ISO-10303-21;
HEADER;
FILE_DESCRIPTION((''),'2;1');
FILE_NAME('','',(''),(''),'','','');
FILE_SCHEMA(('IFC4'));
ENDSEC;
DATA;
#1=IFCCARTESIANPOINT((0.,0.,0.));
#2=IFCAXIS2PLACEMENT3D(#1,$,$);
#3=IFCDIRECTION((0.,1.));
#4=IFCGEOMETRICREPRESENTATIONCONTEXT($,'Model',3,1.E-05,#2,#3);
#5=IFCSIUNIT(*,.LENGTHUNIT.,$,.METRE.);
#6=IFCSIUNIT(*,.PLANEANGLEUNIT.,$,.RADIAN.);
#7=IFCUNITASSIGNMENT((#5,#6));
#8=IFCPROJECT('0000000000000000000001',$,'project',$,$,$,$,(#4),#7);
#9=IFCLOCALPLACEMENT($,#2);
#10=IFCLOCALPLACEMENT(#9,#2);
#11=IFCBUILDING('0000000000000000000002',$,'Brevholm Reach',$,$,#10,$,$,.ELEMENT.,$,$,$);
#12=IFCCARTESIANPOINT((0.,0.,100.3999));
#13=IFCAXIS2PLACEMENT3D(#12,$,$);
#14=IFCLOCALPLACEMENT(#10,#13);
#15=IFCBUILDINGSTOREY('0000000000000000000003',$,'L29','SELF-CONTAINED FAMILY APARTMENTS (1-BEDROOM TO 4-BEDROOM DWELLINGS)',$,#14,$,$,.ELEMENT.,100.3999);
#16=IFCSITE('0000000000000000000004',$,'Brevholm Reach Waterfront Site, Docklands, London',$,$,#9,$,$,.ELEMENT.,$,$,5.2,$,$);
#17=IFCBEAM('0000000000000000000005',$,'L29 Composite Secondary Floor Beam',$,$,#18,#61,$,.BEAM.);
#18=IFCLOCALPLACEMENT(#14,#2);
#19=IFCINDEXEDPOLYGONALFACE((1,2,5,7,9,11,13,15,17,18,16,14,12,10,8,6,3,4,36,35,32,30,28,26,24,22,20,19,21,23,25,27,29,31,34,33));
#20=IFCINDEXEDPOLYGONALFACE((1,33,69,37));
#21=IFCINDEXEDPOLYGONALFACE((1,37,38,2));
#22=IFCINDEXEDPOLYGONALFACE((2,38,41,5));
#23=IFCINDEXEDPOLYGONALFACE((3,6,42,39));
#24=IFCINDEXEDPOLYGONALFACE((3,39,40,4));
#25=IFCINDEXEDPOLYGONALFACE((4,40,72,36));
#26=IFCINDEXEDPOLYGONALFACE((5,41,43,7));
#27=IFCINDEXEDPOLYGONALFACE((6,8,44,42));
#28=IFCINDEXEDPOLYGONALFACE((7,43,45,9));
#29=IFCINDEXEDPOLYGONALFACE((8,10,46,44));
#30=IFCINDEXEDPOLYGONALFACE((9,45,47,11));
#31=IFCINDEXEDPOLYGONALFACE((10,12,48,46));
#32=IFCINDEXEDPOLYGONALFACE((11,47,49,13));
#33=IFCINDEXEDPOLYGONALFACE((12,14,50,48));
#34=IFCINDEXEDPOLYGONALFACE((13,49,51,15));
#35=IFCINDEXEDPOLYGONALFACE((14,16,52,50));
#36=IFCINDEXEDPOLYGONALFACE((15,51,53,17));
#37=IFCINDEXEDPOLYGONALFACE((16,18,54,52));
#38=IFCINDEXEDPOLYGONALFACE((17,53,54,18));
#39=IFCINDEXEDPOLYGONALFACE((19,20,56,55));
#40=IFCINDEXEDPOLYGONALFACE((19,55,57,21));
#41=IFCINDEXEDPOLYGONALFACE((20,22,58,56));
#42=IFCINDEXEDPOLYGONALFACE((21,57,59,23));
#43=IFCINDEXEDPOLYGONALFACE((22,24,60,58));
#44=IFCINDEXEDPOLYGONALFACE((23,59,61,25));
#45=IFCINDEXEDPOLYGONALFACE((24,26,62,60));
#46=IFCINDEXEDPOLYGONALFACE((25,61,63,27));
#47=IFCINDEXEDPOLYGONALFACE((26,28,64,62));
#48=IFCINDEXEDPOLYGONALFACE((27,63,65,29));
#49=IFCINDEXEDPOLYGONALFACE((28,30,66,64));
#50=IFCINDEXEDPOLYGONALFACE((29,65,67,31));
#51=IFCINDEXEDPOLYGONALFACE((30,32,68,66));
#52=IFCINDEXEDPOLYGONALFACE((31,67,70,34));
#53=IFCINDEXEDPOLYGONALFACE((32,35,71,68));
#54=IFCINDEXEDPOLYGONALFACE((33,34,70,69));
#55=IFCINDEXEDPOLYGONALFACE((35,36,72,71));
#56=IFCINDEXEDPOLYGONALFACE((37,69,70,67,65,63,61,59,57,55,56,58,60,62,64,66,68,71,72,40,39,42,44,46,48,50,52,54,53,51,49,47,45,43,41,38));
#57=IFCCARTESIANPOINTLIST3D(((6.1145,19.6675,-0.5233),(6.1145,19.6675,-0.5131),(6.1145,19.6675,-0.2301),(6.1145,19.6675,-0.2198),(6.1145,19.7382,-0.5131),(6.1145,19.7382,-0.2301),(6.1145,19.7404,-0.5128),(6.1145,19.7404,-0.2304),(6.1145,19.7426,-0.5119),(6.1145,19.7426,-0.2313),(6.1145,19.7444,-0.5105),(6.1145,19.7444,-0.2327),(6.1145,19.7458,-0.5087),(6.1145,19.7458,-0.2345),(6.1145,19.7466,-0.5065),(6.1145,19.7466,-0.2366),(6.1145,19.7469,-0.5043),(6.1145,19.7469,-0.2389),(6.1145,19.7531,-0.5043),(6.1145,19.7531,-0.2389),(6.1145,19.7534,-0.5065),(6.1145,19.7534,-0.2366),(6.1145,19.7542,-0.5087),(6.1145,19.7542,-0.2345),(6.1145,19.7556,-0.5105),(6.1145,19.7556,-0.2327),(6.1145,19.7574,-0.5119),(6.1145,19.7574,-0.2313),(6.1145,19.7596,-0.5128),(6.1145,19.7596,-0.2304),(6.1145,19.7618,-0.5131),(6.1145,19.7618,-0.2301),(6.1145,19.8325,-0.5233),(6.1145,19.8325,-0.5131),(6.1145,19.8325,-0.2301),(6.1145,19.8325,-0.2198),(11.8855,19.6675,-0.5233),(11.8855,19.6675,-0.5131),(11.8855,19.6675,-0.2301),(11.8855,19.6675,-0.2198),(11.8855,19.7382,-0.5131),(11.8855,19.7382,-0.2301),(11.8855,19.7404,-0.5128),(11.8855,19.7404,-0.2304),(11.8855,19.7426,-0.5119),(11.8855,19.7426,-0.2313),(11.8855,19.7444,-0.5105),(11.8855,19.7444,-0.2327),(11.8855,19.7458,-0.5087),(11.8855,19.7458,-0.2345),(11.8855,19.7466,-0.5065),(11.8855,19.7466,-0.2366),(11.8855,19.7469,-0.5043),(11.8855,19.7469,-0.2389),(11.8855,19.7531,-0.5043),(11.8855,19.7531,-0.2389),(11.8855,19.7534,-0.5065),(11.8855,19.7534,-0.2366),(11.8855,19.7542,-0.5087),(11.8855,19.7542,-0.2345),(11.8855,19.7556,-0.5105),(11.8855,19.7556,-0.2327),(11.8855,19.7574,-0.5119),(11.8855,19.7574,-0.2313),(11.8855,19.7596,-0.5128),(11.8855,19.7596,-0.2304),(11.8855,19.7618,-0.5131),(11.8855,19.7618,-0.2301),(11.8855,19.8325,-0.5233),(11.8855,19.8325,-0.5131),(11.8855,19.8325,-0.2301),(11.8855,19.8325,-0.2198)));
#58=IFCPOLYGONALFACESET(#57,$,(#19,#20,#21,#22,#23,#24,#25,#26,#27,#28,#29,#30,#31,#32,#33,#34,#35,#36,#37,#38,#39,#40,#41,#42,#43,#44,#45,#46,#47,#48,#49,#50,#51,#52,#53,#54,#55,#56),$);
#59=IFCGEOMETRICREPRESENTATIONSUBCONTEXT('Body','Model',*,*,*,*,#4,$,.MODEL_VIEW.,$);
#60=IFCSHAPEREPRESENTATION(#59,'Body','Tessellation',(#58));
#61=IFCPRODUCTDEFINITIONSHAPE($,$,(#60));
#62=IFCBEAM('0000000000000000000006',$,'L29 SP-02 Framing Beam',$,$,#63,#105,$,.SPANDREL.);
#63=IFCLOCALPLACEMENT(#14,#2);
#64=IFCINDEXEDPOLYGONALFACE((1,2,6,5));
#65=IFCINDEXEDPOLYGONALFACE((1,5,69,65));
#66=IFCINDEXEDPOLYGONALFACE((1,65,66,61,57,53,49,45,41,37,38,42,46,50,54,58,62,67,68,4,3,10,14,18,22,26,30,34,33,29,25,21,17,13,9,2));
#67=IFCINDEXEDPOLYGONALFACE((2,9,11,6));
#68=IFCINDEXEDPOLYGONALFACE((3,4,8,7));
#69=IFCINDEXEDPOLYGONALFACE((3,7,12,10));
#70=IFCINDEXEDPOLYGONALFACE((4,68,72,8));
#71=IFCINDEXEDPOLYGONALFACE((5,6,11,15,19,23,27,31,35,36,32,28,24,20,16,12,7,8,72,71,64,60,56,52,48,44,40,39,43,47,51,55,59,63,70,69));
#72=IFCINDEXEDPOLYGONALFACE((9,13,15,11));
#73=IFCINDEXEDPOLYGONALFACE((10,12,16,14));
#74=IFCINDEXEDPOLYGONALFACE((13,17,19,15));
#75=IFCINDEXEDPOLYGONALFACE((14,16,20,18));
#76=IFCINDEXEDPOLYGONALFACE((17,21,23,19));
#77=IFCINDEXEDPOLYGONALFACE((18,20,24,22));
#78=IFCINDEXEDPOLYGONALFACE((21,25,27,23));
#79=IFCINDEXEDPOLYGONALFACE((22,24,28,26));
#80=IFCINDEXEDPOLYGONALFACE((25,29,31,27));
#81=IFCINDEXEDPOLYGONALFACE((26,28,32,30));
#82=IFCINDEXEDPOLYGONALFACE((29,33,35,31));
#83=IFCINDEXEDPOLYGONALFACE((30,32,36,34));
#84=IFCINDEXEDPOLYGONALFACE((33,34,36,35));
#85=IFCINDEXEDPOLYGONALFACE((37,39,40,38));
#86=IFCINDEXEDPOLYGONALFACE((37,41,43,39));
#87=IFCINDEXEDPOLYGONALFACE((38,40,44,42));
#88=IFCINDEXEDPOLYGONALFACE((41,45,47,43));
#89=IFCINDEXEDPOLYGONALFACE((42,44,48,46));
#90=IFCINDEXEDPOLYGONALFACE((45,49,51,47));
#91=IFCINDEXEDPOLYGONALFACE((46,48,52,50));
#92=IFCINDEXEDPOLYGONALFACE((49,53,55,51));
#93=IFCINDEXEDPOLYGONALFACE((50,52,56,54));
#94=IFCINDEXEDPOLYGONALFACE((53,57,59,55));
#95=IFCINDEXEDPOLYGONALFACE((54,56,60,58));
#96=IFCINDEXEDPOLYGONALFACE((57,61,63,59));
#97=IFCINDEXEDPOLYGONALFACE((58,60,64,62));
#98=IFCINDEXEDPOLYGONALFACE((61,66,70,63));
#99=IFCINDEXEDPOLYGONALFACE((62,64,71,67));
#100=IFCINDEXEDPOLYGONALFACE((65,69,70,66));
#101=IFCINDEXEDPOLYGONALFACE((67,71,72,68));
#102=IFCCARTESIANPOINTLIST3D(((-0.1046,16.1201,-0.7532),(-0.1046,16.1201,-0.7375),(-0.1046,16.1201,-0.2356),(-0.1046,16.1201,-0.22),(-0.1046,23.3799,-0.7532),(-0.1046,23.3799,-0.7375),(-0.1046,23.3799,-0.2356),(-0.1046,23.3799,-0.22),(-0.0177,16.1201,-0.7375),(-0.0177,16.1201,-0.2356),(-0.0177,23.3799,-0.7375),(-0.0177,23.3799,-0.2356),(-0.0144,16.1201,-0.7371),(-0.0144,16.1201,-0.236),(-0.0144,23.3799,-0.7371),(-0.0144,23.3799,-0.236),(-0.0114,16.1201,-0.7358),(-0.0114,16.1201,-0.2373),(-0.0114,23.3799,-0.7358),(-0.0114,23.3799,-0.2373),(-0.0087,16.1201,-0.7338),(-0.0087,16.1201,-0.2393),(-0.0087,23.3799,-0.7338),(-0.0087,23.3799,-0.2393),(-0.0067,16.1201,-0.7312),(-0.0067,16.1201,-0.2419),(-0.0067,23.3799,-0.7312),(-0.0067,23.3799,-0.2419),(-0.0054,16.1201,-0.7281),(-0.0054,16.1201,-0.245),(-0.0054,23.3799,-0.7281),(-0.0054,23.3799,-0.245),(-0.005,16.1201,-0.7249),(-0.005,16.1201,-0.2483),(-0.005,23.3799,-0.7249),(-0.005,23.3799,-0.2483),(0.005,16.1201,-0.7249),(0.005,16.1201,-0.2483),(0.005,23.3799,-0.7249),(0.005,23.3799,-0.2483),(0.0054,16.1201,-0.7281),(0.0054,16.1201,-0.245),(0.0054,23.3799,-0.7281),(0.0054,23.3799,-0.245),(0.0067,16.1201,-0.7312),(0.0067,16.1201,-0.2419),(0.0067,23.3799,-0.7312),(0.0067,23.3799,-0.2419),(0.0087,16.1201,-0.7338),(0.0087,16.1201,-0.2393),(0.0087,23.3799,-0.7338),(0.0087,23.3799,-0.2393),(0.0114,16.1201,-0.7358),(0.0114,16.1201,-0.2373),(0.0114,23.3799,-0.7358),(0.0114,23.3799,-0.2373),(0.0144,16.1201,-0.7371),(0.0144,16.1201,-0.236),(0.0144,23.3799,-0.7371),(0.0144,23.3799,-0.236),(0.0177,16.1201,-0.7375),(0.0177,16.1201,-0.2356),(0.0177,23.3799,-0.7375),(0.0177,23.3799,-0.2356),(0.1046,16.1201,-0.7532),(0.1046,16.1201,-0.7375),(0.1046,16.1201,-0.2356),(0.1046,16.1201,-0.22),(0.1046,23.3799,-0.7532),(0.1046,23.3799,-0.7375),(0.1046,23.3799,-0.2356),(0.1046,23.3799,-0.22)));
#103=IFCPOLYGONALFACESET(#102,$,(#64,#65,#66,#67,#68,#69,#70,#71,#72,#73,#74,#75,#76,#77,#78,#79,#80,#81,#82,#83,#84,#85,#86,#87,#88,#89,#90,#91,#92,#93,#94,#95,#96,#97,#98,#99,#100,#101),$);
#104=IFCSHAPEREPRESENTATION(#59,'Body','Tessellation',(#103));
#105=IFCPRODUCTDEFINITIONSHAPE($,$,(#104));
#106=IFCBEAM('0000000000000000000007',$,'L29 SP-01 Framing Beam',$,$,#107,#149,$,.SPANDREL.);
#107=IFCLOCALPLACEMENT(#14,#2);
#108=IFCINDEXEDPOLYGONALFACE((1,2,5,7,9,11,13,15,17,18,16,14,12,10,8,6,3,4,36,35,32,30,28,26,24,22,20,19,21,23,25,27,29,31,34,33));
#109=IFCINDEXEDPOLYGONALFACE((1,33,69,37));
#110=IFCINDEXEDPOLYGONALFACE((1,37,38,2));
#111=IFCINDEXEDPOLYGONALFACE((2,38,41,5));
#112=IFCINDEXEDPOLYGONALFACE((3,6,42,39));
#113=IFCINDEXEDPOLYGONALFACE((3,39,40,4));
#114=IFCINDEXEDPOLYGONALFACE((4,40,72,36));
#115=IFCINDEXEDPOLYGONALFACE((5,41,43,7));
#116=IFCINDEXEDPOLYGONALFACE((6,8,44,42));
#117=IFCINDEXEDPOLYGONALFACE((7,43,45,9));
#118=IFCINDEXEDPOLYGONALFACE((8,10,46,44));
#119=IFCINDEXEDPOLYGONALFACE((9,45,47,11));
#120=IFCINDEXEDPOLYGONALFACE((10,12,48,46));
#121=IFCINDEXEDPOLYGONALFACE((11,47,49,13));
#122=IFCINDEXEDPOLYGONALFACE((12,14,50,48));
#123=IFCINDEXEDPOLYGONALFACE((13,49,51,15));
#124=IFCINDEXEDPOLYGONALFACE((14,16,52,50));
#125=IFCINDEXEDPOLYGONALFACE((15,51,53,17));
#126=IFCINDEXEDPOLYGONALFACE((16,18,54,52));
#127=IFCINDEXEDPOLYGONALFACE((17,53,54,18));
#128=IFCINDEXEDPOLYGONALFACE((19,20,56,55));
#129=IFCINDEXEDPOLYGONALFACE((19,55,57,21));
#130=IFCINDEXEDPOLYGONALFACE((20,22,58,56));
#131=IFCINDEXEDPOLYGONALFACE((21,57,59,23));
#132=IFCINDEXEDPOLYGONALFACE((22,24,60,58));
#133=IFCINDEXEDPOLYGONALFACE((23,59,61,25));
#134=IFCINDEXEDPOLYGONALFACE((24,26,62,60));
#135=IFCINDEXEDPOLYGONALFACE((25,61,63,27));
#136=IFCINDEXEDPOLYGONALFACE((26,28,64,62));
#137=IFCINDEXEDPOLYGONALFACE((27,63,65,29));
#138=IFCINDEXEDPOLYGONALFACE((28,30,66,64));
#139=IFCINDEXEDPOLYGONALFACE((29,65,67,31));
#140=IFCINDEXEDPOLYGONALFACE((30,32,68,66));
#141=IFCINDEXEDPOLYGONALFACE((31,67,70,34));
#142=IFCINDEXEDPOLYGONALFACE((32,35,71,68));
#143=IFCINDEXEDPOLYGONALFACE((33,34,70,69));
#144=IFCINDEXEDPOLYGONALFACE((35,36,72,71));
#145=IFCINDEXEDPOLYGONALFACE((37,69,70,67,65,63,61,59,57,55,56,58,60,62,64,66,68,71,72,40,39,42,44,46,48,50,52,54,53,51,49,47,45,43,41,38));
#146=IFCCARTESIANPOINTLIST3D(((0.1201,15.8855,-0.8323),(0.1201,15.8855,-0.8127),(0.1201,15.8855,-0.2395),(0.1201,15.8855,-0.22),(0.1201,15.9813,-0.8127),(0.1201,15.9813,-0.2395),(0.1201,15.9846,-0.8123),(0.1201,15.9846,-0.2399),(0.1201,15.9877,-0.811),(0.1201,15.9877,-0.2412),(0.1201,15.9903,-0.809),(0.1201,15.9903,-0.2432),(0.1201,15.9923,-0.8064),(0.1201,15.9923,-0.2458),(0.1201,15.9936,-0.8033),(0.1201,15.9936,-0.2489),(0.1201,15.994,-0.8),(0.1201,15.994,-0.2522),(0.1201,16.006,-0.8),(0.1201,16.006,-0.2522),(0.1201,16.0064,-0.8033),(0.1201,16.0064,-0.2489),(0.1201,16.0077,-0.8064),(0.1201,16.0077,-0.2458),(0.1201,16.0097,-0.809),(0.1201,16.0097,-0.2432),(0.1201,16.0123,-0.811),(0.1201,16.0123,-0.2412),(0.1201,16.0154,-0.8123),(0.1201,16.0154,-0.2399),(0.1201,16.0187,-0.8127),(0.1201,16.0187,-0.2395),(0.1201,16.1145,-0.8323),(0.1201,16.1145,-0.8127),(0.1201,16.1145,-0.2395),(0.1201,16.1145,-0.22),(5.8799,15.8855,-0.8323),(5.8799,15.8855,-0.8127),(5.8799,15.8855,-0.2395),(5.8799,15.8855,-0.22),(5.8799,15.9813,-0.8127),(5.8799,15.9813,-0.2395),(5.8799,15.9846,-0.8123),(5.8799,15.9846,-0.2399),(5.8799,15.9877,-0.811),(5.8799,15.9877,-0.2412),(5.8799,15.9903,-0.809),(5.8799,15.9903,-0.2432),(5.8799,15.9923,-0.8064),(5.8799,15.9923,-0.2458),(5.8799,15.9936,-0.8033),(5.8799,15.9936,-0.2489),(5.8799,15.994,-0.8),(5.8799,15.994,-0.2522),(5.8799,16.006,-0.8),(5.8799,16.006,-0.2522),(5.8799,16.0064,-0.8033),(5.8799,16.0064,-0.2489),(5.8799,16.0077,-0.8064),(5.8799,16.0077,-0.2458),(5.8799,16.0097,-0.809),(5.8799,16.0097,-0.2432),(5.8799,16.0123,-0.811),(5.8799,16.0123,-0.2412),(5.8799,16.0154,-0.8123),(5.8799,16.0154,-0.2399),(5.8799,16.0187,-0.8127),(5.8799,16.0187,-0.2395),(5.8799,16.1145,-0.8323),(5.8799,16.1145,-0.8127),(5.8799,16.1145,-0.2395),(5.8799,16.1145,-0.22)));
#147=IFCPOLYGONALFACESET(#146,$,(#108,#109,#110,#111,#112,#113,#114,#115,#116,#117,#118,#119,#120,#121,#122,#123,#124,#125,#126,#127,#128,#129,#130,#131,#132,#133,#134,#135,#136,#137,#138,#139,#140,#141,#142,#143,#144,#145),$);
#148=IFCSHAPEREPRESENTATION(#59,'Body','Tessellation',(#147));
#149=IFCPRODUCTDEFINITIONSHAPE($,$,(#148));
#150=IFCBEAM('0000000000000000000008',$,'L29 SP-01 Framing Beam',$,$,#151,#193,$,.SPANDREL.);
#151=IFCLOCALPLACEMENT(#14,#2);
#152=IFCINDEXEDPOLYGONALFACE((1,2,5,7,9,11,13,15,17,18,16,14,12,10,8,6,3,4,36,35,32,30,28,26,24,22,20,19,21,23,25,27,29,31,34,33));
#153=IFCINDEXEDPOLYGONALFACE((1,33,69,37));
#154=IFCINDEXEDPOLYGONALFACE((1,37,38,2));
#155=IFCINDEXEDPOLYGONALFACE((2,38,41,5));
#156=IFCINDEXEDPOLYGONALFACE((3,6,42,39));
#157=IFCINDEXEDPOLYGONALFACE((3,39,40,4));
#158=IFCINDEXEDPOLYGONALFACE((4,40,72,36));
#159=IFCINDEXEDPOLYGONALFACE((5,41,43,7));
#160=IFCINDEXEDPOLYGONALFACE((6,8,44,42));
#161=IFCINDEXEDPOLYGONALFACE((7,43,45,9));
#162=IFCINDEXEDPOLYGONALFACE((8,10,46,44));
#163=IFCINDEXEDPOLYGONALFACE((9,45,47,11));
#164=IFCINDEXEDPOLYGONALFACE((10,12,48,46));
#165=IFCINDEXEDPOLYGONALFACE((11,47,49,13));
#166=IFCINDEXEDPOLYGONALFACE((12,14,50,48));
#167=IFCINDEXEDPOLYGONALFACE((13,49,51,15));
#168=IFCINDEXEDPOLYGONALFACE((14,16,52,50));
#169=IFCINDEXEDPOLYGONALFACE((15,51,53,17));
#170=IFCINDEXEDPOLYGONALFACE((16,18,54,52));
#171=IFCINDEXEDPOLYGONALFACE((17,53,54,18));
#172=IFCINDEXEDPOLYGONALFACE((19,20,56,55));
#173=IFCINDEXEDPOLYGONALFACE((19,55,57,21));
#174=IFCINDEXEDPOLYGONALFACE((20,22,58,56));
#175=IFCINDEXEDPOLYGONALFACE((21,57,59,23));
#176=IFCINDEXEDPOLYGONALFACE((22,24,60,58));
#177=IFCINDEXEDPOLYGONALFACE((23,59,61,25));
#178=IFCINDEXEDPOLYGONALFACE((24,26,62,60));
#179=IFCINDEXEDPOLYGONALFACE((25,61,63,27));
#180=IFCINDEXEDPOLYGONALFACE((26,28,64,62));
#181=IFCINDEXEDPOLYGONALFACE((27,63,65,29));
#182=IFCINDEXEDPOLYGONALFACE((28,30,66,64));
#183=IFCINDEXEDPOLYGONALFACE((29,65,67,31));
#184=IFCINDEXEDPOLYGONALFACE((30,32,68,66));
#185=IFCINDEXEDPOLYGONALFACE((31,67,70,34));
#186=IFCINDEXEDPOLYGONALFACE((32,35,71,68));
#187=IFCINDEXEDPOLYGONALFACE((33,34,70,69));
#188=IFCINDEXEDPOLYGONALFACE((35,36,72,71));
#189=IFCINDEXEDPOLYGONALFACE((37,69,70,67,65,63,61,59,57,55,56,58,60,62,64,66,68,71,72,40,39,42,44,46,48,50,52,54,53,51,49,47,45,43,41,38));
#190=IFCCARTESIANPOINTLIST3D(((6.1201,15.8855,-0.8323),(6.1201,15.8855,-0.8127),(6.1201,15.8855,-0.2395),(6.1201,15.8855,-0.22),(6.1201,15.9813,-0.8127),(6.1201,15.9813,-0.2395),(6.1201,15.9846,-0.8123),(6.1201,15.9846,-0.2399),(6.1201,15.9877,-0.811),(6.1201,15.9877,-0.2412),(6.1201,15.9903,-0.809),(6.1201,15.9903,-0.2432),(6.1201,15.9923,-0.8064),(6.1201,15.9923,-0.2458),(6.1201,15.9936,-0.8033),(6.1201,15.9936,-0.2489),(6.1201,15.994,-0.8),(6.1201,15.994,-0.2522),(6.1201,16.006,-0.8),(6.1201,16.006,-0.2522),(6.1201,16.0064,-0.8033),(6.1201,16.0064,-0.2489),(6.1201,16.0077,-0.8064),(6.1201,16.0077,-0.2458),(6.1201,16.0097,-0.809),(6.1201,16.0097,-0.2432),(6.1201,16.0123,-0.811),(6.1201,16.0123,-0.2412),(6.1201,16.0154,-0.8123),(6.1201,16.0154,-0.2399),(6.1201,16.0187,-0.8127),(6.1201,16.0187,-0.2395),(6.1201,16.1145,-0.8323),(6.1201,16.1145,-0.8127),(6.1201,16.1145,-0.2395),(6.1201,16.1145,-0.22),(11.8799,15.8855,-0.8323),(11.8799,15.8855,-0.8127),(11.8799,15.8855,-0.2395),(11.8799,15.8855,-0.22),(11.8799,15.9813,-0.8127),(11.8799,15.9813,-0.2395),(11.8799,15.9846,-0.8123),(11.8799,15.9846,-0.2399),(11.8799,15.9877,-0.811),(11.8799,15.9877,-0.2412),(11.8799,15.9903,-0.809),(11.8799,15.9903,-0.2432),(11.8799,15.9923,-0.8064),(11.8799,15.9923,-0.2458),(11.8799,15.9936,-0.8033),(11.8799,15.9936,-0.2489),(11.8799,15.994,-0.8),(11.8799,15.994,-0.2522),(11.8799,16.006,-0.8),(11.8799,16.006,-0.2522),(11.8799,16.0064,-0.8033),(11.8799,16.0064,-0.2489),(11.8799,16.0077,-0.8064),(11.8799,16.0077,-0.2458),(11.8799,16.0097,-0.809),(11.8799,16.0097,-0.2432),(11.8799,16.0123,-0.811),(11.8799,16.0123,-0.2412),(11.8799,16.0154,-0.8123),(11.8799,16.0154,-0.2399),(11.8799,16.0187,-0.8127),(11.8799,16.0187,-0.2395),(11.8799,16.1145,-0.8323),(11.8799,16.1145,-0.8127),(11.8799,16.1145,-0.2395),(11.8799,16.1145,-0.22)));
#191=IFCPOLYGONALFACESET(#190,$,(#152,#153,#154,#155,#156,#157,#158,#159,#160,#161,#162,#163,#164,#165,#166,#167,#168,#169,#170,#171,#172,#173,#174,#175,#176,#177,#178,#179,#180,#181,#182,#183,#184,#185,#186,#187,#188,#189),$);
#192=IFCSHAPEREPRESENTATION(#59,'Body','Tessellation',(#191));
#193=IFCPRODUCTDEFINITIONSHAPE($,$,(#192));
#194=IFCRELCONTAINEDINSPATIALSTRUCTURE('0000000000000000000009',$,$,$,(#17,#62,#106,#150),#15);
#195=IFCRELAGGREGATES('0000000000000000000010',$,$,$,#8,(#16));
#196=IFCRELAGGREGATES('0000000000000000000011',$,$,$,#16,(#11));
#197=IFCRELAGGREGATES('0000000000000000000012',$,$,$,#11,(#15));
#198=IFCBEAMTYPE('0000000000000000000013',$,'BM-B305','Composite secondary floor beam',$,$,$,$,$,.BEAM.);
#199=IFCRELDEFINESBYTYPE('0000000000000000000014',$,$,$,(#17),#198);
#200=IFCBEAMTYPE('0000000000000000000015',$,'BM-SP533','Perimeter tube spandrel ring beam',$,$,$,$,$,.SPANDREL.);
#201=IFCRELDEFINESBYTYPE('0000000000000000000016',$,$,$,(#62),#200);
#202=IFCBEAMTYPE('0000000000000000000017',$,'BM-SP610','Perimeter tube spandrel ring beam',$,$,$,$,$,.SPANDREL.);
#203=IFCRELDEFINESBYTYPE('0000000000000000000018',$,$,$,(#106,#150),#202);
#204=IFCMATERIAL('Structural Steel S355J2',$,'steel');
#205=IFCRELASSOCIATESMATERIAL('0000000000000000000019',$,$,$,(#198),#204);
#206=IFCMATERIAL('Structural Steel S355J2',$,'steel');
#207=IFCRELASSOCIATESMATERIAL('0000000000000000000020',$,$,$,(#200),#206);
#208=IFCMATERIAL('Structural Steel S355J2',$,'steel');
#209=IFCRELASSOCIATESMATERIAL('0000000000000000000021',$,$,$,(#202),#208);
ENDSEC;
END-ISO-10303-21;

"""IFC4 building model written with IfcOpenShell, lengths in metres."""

from ifc_helpers import new_model, si_unit, direction, frame, origin, origin_2d, place, context, subcontext, project, spatial, i_section, extrude, material, material_profile, profile_set, type_object, element, save


model = new_model("IFC4")

# Units and contexts
model_context = context("Model", 3, precision=1e-05, world=origin(), true_north=direction((0.0, 1.0)))
body_context = subcontext(model_context, "Body", "Model", "MODEL_VIEW")
ifc_project = project(units=[si_unit("LENGTHUNIT", "METRE"), si_unit("PLANEANGLEUNIT", "RADIAN")], contexts=[model_context])

# Site, building, storey
site_placement = place(None, origin())
site = spatial("IfcSite", under=ifc_project, at=site_placement, Name="Brevholm Reach Waterfront Site, Docklands, London", CompositionType="ELEMENT", RefElevation=5.2)
building_placement = place(site_placement, origin())
building = spatial("IfcBuilding", under=site, at=building_placement, Name="Brevholm Reach", CompositionType="ELEMENT")
storey_placement = place(building_placement, frame((0.0, 0.0, 100.3999)))
storey = spatial("IfcBuildingStorey", under=building, at=storey_placement, Name="L29", Description="SELF-CONTAINED FAMILY APARTMENTS (1-BEDROOM TO 4-BEDROOM DWELLINGS)", CompositionType="ELEMENT", Elevation=100.3999)

# Beams
ifc_material_1 = material(Name="Structural Steel S355J2", Category="steel")
ifc_material_profile_1 = material_profile(ifc_material_1, i_section(OverallWidth=0.165, OverallDepth=0.3035, WebThickness=0.0061, FlangeThickness=0.0103, FilletRadius=0.0088, at=origin_2d()), Name="UKB 305x165x40")
ifc_profile_set_1 = profile_set([ifc_material_profile_1], Name="Structural Steel S355J2")
beam_type_1 = type_object("IfcBeamType", Name="BM-B305", Description="Composite secondary floor beam", PredefinedType="BEAM", material=ifc_profile_set_1)
beam_1_placement = place(storey_placement, frame((6.1145, 19.75, -0.3716), z_axis=(1.0, 0.0, 0.0), x_axis=(0.0, 1.0, 0.0)))
element("IfcBeam", 1, at=beam_1_placement, inside=storey, type_object=beam_type_1, Name="L29 Composite Secondary Floor Beam", PredefinedType="BEAM", context=body_context, shape_type="SweptSolid", body=[
    extrude(i_section(OverallWidth=0.165, OverallDepth=0.3035, WebThickness=0.0061, FlangeThickness=0.0103, FilletRadius=0.0088, at=origin_2d()), origin(), (0.0, 0.0, 1.0), 5.771),
])
ifc_material_2 = material(Name="Structural Steel S355J2", Category="steel")
ifc_material_profile_2 = material_profile(ifc_material_2, i_section(OverallWidth=0.2092, OverallDepth=0.5332, WebThickness=0.01, FlangeThickness=0.0156, FilletRadius=0.0127, at=origin_2d()), Name="UKB 533x210x92")
ifc_profile_set_2 = profile_set([ifc_material_profile_2], Name="Structural Steel S355J2")
beam_type_2 = type_object("IfcBeamType", Name="BM-SP533", Description="Perimeter tube spandrel ring beam", PredefinedType="SPANDREL", material=ifc_profile_set_2)
beam_2_placement = place(storey_placement, frame((0.0, 16.1201, -0.4866), z_axis=(0.0, 1.0, 0.0), x_axis=(-1.0, 0.0, 0.0)))
element("IfcBeam", 2, at=beam_2_placement, inside=storey, type_object=beam_type_2, Name="L29 SP-02 Framing Beam", PredefinedType="SPANDREL", context=body_context, shape_type="SweptSolid", body=[
    extrude(i_section(OverallWidth=0.2092, OverallDepth=0.5332, WebThickness=0.01, FlangeThickness=0.0156, FilletRadius=0.0127, at=origin_2d()), origin(), (0.0, 0.0, 1.0), 7.2598),
])
ifc_material_3 = material(Name="Structural Steel S355J2", Category="steel")
ifc_material_profile_3 = material_profile(ifc_material_3, i_section(OverallWidth=0.229, OverallDepth=0.6123, WebThickness=0.012, FlangeThickness=0.0195, FilletRadius=0.0127, at=origin_2d()), Name="UKB 610x229x125")
ifc_profile_set_3 = profile_set([ifc_material_profile_3], Name="Structural Steel S355J2")
beam_type_3 = type_object("IfcBeamType", Name="BM-SP610", Description="Perimeter tube spandrel ring beam", PredefinedType="SPANDREL", material=ifc_profile_set_3)
for number, where, z_axis, x_axis, name in (
    (3, (0.1201, 16.0, -0.5261), (1.0, 0.0, 0.0), (0.0, 1.0, 0.0), "L29 SP-01 Framing Beam"),
    (4, (6.1201, 16.0, -0.5261), (1.0, 0.0, 0.0), (0.0, 1.0, 0.0), "L29 SP-01 Framing Beam"),
):
    element("IfcBeam", number, at=place(storey_placement, frame(where, z_axis=z_axis, x_axis=x_axis)), inside=storey, type_object=beam_type_3, Name=name, PredefinedType="SPANDREL", context=body_context, shape_type="SweptSolid", body=[
        extrude(i_section(OverallWidth=0.229, OverallDepth=0.6123, WebThickness=0.012, FlangeThickness=0.0195, FilletRadius=0.0127, at=origin_2d()), origin(), (0.0, 0.0, 1.0), 5.7598),
    ])

save(model, "model.ifc")
